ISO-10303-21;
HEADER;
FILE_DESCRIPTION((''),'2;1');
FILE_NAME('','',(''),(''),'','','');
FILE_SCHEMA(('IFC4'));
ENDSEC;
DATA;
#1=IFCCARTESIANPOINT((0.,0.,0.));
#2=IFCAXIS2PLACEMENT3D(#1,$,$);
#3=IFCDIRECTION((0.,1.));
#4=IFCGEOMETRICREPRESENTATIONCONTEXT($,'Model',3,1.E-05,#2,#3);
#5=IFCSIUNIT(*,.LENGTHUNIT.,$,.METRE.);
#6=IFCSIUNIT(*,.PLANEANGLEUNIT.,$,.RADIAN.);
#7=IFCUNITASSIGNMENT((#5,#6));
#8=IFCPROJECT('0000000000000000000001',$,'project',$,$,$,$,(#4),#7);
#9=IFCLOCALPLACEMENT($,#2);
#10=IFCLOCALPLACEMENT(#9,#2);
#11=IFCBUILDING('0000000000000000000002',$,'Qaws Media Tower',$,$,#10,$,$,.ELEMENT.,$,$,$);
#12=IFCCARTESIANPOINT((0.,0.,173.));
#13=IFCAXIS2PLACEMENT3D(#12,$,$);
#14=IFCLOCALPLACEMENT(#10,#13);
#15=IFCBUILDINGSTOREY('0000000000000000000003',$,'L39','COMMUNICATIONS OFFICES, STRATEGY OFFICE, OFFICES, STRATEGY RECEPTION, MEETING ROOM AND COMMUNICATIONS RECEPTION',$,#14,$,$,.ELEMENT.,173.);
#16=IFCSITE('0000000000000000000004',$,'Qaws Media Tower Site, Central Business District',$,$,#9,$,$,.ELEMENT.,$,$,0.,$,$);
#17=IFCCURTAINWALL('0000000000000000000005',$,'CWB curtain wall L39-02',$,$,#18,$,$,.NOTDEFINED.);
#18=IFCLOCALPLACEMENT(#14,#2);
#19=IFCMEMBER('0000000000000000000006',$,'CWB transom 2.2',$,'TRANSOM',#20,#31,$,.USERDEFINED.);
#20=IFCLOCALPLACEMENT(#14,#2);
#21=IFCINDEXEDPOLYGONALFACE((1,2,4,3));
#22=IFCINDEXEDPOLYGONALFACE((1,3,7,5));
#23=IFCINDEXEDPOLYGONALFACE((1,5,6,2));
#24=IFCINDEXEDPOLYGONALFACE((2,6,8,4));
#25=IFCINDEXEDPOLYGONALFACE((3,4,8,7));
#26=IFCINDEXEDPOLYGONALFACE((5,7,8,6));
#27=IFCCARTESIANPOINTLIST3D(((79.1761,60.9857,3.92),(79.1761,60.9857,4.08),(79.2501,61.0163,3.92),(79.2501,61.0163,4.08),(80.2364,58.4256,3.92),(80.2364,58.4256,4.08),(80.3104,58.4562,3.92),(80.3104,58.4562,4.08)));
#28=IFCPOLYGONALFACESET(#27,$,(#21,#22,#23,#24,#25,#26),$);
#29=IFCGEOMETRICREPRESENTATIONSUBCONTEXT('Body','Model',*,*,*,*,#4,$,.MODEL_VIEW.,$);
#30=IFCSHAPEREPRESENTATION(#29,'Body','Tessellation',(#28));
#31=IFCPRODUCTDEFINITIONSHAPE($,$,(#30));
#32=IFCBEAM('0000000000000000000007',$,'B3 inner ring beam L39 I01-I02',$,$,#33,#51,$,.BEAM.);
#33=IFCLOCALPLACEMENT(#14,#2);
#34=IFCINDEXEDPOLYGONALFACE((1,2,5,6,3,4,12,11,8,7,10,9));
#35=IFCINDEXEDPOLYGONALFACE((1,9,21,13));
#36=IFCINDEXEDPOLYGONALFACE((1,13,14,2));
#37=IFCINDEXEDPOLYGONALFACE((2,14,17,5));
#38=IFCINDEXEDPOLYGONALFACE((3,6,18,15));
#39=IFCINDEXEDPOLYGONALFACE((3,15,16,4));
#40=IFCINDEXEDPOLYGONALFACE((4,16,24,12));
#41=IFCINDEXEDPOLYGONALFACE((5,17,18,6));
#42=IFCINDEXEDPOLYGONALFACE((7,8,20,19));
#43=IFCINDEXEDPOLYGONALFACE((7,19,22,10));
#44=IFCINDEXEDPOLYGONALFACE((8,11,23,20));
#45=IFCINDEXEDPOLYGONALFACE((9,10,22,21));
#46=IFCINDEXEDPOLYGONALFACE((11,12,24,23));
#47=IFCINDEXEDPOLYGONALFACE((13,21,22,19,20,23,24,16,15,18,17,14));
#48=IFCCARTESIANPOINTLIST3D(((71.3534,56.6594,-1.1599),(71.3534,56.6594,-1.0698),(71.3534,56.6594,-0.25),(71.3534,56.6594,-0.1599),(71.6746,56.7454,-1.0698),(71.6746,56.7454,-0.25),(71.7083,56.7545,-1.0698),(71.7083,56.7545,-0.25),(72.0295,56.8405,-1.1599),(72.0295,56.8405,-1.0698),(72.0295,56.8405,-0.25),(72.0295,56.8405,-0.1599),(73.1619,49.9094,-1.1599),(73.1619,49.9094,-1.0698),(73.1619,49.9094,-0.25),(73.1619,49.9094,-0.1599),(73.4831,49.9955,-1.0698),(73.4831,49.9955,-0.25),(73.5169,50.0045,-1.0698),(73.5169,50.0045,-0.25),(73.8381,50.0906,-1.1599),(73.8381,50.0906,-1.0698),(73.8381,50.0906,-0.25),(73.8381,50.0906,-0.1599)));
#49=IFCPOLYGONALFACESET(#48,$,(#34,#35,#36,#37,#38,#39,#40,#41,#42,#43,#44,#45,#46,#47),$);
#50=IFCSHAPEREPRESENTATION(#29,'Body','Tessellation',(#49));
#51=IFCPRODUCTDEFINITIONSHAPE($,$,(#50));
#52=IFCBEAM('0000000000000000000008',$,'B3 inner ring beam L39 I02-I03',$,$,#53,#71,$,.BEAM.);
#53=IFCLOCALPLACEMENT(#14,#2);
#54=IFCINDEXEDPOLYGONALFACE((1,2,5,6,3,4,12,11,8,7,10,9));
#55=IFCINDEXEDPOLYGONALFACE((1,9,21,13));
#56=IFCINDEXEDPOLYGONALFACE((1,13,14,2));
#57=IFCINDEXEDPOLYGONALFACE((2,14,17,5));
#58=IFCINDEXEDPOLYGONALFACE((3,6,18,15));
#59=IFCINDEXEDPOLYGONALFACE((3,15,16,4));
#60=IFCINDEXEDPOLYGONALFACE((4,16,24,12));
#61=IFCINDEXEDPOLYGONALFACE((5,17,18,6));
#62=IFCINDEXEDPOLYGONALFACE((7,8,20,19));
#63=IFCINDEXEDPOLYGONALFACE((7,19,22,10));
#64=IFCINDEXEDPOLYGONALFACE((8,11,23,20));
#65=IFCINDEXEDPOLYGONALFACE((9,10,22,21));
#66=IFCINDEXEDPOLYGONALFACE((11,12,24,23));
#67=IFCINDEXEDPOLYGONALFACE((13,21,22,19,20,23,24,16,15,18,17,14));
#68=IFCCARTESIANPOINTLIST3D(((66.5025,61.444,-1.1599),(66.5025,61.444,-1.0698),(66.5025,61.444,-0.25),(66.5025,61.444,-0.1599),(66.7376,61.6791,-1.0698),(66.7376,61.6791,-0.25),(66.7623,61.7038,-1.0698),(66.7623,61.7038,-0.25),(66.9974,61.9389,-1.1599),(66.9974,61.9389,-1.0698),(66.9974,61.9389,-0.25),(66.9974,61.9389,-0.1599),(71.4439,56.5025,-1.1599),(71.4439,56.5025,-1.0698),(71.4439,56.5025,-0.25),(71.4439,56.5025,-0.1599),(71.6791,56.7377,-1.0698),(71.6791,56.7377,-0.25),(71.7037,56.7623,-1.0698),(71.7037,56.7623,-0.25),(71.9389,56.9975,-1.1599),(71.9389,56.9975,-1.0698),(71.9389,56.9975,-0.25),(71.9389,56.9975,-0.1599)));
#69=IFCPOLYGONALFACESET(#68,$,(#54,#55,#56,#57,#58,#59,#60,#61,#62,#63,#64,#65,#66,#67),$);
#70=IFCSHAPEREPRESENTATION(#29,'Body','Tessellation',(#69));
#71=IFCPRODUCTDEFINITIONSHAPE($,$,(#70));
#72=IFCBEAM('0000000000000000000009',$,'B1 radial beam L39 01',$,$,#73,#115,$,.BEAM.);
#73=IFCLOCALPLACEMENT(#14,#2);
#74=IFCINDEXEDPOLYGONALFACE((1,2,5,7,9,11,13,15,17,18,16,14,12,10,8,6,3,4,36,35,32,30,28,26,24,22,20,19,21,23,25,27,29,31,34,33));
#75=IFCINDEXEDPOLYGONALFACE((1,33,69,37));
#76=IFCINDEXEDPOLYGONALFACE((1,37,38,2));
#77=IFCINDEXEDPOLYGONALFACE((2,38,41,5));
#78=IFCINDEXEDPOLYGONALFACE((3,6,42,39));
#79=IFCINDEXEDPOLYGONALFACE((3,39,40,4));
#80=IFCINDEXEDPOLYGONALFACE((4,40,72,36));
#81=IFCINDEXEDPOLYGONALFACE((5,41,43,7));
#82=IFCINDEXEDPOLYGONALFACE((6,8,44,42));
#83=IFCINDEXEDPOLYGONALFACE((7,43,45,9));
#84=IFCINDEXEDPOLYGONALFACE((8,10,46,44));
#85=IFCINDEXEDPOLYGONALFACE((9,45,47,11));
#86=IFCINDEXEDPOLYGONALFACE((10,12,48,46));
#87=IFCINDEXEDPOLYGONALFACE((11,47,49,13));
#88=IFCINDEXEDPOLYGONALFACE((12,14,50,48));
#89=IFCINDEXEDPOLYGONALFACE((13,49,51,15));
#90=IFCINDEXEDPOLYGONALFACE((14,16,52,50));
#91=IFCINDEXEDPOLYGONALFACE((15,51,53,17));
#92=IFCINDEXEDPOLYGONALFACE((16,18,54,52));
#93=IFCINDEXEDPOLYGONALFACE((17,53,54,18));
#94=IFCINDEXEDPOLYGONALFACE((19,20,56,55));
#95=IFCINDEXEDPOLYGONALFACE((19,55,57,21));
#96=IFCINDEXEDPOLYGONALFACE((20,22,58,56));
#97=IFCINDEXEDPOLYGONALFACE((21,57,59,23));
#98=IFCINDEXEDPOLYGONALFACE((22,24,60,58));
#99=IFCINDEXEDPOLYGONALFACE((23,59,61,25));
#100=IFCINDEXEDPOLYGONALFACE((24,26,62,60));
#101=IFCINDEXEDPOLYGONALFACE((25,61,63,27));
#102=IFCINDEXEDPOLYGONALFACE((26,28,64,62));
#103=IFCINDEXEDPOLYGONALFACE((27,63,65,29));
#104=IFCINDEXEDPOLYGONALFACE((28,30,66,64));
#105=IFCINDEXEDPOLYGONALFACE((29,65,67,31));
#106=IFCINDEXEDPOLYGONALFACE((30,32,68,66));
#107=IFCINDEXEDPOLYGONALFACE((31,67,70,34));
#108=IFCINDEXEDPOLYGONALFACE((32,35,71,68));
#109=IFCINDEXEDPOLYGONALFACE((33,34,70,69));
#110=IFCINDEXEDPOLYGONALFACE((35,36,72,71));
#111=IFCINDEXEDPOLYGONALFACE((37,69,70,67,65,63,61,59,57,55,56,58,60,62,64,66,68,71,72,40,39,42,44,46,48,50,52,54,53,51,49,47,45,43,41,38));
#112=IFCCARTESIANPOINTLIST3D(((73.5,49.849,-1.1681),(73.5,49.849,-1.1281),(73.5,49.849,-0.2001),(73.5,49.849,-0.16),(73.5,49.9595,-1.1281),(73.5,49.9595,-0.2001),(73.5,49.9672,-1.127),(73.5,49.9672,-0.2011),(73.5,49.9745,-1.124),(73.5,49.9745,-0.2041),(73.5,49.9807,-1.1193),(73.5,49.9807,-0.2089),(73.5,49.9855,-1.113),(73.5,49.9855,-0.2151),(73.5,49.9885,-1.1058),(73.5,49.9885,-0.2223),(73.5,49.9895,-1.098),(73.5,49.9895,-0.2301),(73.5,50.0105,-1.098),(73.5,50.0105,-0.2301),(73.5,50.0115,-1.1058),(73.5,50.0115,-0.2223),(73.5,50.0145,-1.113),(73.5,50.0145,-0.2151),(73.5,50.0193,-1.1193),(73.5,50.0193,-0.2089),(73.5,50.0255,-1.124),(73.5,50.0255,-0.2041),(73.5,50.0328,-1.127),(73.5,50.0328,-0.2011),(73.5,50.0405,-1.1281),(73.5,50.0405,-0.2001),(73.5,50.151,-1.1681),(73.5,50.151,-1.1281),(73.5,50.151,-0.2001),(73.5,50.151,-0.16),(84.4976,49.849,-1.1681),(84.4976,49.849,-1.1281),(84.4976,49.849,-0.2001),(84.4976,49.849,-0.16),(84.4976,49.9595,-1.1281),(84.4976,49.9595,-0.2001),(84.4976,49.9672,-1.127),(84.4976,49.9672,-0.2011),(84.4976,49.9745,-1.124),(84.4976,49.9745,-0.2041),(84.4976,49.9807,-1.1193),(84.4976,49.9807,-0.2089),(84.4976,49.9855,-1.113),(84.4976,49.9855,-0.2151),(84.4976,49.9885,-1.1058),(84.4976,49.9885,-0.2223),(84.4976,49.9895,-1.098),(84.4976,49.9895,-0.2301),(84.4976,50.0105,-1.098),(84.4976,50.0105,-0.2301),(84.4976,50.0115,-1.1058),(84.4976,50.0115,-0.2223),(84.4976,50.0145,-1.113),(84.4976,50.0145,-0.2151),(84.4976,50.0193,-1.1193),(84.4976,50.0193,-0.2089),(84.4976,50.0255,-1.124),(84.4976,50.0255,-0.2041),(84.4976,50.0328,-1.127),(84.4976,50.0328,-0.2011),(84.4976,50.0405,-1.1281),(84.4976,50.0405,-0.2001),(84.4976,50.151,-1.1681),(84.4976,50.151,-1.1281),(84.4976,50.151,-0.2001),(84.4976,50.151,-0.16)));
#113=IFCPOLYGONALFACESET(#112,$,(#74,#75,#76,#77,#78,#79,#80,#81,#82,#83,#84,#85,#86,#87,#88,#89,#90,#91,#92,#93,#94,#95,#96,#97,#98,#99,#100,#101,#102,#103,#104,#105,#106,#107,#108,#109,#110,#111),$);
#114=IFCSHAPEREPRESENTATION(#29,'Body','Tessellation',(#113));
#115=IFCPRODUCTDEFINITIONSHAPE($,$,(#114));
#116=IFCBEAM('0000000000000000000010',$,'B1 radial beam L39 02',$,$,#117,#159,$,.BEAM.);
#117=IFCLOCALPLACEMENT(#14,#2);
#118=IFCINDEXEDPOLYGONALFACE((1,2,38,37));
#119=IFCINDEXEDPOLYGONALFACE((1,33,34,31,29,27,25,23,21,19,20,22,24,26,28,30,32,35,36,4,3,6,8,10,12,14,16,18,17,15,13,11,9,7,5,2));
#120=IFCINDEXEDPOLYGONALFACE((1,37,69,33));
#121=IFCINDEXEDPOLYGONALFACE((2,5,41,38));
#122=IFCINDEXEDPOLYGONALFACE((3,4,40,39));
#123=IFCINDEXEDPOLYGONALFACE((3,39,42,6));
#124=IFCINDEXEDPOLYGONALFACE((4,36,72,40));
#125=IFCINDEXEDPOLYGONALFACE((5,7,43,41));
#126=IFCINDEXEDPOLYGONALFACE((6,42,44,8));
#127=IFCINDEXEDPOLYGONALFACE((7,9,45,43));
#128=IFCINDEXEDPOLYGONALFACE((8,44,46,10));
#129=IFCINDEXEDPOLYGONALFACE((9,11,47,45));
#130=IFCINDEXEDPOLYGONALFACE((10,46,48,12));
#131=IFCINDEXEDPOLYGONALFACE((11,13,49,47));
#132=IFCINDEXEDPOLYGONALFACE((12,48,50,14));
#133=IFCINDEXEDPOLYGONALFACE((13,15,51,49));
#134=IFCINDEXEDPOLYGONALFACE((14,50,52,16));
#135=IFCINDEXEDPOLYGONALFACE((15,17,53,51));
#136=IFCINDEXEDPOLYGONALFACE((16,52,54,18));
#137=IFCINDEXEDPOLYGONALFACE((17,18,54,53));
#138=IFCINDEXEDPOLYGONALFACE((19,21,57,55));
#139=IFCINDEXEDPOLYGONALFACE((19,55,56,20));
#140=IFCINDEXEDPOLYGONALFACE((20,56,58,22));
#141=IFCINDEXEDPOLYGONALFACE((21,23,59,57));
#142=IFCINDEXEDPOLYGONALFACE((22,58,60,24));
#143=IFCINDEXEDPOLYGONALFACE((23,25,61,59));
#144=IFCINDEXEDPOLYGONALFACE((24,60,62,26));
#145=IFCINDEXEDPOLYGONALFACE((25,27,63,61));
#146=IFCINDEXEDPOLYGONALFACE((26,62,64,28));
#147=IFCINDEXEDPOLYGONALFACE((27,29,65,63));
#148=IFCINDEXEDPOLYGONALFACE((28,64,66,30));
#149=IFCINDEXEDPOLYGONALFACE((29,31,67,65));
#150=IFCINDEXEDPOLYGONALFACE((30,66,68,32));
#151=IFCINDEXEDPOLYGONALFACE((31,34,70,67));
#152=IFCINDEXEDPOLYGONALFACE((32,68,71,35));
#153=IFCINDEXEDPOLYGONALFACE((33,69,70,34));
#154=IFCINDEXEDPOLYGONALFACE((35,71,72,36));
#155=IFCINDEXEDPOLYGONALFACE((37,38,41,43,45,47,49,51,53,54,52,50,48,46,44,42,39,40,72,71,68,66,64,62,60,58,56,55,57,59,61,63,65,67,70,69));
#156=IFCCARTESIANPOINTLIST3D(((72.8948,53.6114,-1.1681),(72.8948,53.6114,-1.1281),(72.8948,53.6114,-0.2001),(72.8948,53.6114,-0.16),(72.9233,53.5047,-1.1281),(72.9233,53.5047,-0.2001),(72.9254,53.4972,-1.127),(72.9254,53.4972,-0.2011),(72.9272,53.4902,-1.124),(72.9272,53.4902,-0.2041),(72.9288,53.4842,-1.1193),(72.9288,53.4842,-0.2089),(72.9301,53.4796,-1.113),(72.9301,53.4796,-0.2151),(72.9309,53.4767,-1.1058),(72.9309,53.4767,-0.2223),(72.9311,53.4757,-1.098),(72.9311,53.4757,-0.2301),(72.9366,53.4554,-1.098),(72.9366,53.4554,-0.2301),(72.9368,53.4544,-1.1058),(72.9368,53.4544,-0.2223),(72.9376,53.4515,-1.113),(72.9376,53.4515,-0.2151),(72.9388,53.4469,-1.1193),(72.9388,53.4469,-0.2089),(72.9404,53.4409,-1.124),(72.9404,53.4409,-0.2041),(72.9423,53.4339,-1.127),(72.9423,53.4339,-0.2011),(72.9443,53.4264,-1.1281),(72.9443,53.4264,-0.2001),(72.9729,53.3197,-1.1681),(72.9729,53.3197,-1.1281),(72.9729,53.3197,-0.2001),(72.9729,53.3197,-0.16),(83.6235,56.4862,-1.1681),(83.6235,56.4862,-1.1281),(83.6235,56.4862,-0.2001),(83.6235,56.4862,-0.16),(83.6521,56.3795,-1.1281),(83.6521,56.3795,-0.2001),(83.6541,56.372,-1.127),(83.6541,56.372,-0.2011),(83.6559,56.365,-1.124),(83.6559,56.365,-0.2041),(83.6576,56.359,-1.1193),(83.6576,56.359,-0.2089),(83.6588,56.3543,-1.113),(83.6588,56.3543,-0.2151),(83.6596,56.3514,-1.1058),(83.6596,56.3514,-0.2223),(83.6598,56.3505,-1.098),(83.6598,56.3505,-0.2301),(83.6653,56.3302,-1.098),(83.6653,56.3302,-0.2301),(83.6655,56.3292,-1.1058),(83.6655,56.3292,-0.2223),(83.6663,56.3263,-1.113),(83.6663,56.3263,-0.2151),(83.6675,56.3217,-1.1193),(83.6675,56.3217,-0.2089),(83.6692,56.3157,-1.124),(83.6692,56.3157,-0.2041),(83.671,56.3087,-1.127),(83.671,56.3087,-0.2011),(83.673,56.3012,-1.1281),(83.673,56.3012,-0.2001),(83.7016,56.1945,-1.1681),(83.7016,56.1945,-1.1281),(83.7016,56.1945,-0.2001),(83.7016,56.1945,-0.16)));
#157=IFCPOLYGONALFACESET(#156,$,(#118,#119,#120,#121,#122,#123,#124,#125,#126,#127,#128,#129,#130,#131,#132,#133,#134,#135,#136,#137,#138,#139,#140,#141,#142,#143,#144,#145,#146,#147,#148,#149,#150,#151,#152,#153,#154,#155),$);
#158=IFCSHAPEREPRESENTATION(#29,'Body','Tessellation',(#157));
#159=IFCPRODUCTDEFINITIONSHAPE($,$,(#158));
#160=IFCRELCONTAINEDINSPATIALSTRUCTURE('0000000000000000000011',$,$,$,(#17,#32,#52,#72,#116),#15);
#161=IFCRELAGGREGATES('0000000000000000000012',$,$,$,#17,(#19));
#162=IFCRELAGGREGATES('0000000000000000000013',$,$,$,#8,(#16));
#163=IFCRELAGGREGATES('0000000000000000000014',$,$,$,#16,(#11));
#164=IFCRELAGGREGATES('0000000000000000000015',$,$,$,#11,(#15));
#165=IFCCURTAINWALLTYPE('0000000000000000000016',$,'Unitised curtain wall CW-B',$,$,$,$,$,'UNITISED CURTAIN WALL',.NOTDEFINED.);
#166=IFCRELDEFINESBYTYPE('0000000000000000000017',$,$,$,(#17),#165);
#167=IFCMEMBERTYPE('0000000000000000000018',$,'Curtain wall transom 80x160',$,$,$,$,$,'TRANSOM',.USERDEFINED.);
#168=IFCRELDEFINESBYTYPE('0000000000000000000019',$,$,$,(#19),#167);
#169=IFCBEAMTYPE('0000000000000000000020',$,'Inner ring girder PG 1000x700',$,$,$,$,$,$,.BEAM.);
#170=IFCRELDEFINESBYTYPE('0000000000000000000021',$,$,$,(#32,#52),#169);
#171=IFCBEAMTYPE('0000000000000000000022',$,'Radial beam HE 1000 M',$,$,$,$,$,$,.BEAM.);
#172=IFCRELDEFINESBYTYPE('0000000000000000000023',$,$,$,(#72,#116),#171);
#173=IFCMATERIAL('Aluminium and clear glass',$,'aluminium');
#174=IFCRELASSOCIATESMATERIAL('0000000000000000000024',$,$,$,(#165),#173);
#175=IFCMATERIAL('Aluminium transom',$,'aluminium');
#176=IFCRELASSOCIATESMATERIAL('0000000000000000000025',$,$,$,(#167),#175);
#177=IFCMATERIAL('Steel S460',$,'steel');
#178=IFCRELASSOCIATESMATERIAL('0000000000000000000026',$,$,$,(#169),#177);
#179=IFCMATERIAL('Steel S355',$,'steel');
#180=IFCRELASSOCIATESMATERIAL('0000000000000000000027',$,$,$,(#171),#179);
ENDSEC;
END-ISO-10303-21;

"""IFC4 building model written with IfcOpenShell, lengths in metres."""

from ifc_helpers import new_model, si_unit, direction, frame, origin, origin_2d, place, context, subcontext, project, spatial, rectangle, i_section, extrude, material, material_profile, profile_set, type_object, element, aggregate, save


model = new_model("IFC4")

# Units and contexts
model_context = context("Model", 3, precision=1e-05, world=origin(), true_north=direction((0.0, 1.0)))
body_context = subcontext(model_context, "Body", "Model", "MODEL_VIEW")
ifc_project = project(units=[si_unit("LENGTHUNIT", "METRE"), si_unit("PLANEANGLEUNIT", "RADIAN")], contexts=[model_context])

# Site, building, storey
site_placement = place(None, origin())
site = spatial("IfcSite", under=ifc_project, at=site_placement, Name="Qaws Media Tower Site, Central Business District", CompositionType="ELEMENT", RefElevation=0.0)
building_placement = place(site_placement, origin())
building = spatial("IfcBuilding", under=site, at=building_placement, Name="Qaws Media Tower", CompositionType="ELEMENT")
storey_placement = place(building_placement, frame((0.0, 0.0, 173.0)))
storey = spatial("IfcBuildingStorey", under=building, at=storey_placement, Name="L39", Description="COMMUNICATIONS OFFICES, STRATEGY OFFICE, OFFICES, STRATEGY RECEPTION, MEETING ROOM AND COMMUNICATIONS RECEPTION", CompositionType="ELEMENT", Elevation=173.0)

# Curtain wall, member
ifc_material_1 = material(Name="Aluminium and clear glass", Category="aluminium")
curtain_wall_type = type_object("IfcCurtainWallType", Name="Unitised curtain wall CW-B", ElementType="UNITISED CURTAIN WALL", PredefinedType="NOTDEFINED", material=ifc_material_1)
curtain_wall_placement = place(storey_placement, origin())
curtain_wall = element("IfcCurtainWall", 1, at=curtain_wall_placement, inside=storey, type_object=curtain_wall_type, Name="CWB curtain wall L39-02", PredefinedType="NOTDEFINED")
ifc_material_2 = material(Name="Aluminium transom", Category="aluminium")
ifc_material_profile_1 = material_profile(ifc_material_2, rectangle(XDim=0.0801, YDim=0.1599, at=origin_2d()), Name="80x160")
ifc_profile_set_1 = profile_set([ifc_material_profile_1], Name="Aluminium transom")
member_type_1 = type_object("IfcMemberType", Name="Curtain wall transom 80x160", ElementType="TRANSOM", PredefinedType="USERDEFINED", material=ifc_profile_set_1)
member_1_placement = place(storey_placement, frame((80.2734, 58.4409, 4.0), z_axis=(-0.38265, 0.923893, 0.0), x_axis=(-0.923893, -0.38265, 0.0)))
member_1 = element("IfcMember", 2, at=member_1_placement, type_object=member_type_1, Name="CWB transom 2.2", ObjectType="TRANSOM", PredefinedType="USERDEFINED", context=body_context, shape_type="SweptSolid", body=[
    extrude(rectangle(XDim=0.0801, YDim=0.1599, at=origin_2d()), origin(), (0.0, 0.0, 1.0), 2.771),
])

# Beams
ifc_material_3 = material(Name="Steel S460", Category="steel")
ifc_material_profile_2 = material_profile(ifc_material_3, i_section(OverallWidth=0.7, OverallDepth=1.0, WebThickness=0.0349, FlangeThickness=0.0901, at=origin_2d()), Name="PG 1000x700")
ifc_profile_set_2 = profile_set([ifc_material_profile_2], Name="Steel S460")
beam_type_1 = type_object("IfcBeamType", Name="Inner ring girder PG 1000x700", PredefinedType="BEAM", material=ifc_profile_set_2)
beam_1_placement = place(storey_placement, frame((73.5, 50.0, -0.6599), z_axis=(-0.258811, 0.965928, 0.0), x_axis=(-0.965928, -0.258811, 0.0)))
element("IfcBeam", 3, at=beam_1_placement, inside=storey, type_object=beam_type_1, Name="B3 inner ring beam L39 I01-I02", PredefinedType="BEAM", context=body_context, shape_type="SweptSolid", body=[
    extrude(i_section(OverallWidth=0.7, OverallDepth=1.0, WebThickness=0.0349, FlangeThickness=0.0901, at=origin_2d()), origin(), (0.0, 0.0, 1.0), 6.988),
])
beam_2_placement = place(storey_placement, frame((71.6914, 56.75, -0.6599), z_axis=(-0.707107, 0.707107, 0.0), x_axis=(-0.707107, -0.707107, 0.0)))
element("IfcBeam", 4, at=beam_2_placement, inside=storey, type_object=beam_type_1, Name="B3 inner ring beam L39 I02-I03", PredefinedType="BEAM", context=body_context, shape_type="SweptSolid", body=[
    extrude(i_section(OverallWidth=0.7, OverallDepth=1.0, WebThickness=0.0349, FlangeThickness=0.0901, at=origin_2d()), origin(), (0.0, 0.0, 1.0), 6.9883),
])
ifc_material_4 = material(Name="Steel S355", Category="steel")
ifc_material_profile_3 = material_profile(ifc_material_4, i_section(OverallWidth=0.302, OverallDepth=1.0081, WebThickness=0.021, FlangeThickness=0.04, FilletRadius=0.03, at=origin_2d()), Name="HE 1000 M")
ifc_profile_set_3 = profile_set([ifc_material_profile_3], Name="Steel S355")
beam_type_2 = type_object("IfcBeamType", Name="Radial beam HE 1000 M", PredefinedType="BEAM", material=ifc_profile_set_3)
beam_3_placement = place(storey_placement, frame((73.5, 50.0, -0.6641), z_axis=(1.0, 0.0, 0.0), x_axis=(0.0, 1.0, 0.0)))
element("IfcBeam", 5, at=beam_3_placement, inside=storey, type_object=beam_type_2, Name="B1 radial beam L39 01", PredefinedType="BEAM", context=body_context, shape_type="SweptSolid", body=[
    extrude(i_section(OverallWidth=0.302, OverallDepth=1.0081, WebThickness=0.021, FlangeThickness=0.04, FilletRadius=0.03, at=origin_2d()), origin(), (0.0, 0.0, 1.0), 10.9976),
])
beam_4_placement = place(storey_placement, frame((72.9338, 53.4656, -0.6641), z_axis=(0.965926, 0.258818, 0.0), x_axis=(-0.258818, 0.965926, 0.0)))
element("IfcBeam", 6, at=beam_4_placement, inside=storey, type_object=beam_type_2, Name="B1 radial beam L39 02", PredefinedType="BEAM", context=body_context, shape_type="SweptSolid", body=[
    extrude(i_section(OverallWidth=0.302, OverallDepth=1.0081, WebThickness=0.021, FlangeThickness=0.04, FilletRadius=0.03, at=origin_2d()), origin(), (0.0, 0.0, 1.0), 11.1072),
])

aggregate(curtain_wall, [member_1])

save(model, "model.ifc")
